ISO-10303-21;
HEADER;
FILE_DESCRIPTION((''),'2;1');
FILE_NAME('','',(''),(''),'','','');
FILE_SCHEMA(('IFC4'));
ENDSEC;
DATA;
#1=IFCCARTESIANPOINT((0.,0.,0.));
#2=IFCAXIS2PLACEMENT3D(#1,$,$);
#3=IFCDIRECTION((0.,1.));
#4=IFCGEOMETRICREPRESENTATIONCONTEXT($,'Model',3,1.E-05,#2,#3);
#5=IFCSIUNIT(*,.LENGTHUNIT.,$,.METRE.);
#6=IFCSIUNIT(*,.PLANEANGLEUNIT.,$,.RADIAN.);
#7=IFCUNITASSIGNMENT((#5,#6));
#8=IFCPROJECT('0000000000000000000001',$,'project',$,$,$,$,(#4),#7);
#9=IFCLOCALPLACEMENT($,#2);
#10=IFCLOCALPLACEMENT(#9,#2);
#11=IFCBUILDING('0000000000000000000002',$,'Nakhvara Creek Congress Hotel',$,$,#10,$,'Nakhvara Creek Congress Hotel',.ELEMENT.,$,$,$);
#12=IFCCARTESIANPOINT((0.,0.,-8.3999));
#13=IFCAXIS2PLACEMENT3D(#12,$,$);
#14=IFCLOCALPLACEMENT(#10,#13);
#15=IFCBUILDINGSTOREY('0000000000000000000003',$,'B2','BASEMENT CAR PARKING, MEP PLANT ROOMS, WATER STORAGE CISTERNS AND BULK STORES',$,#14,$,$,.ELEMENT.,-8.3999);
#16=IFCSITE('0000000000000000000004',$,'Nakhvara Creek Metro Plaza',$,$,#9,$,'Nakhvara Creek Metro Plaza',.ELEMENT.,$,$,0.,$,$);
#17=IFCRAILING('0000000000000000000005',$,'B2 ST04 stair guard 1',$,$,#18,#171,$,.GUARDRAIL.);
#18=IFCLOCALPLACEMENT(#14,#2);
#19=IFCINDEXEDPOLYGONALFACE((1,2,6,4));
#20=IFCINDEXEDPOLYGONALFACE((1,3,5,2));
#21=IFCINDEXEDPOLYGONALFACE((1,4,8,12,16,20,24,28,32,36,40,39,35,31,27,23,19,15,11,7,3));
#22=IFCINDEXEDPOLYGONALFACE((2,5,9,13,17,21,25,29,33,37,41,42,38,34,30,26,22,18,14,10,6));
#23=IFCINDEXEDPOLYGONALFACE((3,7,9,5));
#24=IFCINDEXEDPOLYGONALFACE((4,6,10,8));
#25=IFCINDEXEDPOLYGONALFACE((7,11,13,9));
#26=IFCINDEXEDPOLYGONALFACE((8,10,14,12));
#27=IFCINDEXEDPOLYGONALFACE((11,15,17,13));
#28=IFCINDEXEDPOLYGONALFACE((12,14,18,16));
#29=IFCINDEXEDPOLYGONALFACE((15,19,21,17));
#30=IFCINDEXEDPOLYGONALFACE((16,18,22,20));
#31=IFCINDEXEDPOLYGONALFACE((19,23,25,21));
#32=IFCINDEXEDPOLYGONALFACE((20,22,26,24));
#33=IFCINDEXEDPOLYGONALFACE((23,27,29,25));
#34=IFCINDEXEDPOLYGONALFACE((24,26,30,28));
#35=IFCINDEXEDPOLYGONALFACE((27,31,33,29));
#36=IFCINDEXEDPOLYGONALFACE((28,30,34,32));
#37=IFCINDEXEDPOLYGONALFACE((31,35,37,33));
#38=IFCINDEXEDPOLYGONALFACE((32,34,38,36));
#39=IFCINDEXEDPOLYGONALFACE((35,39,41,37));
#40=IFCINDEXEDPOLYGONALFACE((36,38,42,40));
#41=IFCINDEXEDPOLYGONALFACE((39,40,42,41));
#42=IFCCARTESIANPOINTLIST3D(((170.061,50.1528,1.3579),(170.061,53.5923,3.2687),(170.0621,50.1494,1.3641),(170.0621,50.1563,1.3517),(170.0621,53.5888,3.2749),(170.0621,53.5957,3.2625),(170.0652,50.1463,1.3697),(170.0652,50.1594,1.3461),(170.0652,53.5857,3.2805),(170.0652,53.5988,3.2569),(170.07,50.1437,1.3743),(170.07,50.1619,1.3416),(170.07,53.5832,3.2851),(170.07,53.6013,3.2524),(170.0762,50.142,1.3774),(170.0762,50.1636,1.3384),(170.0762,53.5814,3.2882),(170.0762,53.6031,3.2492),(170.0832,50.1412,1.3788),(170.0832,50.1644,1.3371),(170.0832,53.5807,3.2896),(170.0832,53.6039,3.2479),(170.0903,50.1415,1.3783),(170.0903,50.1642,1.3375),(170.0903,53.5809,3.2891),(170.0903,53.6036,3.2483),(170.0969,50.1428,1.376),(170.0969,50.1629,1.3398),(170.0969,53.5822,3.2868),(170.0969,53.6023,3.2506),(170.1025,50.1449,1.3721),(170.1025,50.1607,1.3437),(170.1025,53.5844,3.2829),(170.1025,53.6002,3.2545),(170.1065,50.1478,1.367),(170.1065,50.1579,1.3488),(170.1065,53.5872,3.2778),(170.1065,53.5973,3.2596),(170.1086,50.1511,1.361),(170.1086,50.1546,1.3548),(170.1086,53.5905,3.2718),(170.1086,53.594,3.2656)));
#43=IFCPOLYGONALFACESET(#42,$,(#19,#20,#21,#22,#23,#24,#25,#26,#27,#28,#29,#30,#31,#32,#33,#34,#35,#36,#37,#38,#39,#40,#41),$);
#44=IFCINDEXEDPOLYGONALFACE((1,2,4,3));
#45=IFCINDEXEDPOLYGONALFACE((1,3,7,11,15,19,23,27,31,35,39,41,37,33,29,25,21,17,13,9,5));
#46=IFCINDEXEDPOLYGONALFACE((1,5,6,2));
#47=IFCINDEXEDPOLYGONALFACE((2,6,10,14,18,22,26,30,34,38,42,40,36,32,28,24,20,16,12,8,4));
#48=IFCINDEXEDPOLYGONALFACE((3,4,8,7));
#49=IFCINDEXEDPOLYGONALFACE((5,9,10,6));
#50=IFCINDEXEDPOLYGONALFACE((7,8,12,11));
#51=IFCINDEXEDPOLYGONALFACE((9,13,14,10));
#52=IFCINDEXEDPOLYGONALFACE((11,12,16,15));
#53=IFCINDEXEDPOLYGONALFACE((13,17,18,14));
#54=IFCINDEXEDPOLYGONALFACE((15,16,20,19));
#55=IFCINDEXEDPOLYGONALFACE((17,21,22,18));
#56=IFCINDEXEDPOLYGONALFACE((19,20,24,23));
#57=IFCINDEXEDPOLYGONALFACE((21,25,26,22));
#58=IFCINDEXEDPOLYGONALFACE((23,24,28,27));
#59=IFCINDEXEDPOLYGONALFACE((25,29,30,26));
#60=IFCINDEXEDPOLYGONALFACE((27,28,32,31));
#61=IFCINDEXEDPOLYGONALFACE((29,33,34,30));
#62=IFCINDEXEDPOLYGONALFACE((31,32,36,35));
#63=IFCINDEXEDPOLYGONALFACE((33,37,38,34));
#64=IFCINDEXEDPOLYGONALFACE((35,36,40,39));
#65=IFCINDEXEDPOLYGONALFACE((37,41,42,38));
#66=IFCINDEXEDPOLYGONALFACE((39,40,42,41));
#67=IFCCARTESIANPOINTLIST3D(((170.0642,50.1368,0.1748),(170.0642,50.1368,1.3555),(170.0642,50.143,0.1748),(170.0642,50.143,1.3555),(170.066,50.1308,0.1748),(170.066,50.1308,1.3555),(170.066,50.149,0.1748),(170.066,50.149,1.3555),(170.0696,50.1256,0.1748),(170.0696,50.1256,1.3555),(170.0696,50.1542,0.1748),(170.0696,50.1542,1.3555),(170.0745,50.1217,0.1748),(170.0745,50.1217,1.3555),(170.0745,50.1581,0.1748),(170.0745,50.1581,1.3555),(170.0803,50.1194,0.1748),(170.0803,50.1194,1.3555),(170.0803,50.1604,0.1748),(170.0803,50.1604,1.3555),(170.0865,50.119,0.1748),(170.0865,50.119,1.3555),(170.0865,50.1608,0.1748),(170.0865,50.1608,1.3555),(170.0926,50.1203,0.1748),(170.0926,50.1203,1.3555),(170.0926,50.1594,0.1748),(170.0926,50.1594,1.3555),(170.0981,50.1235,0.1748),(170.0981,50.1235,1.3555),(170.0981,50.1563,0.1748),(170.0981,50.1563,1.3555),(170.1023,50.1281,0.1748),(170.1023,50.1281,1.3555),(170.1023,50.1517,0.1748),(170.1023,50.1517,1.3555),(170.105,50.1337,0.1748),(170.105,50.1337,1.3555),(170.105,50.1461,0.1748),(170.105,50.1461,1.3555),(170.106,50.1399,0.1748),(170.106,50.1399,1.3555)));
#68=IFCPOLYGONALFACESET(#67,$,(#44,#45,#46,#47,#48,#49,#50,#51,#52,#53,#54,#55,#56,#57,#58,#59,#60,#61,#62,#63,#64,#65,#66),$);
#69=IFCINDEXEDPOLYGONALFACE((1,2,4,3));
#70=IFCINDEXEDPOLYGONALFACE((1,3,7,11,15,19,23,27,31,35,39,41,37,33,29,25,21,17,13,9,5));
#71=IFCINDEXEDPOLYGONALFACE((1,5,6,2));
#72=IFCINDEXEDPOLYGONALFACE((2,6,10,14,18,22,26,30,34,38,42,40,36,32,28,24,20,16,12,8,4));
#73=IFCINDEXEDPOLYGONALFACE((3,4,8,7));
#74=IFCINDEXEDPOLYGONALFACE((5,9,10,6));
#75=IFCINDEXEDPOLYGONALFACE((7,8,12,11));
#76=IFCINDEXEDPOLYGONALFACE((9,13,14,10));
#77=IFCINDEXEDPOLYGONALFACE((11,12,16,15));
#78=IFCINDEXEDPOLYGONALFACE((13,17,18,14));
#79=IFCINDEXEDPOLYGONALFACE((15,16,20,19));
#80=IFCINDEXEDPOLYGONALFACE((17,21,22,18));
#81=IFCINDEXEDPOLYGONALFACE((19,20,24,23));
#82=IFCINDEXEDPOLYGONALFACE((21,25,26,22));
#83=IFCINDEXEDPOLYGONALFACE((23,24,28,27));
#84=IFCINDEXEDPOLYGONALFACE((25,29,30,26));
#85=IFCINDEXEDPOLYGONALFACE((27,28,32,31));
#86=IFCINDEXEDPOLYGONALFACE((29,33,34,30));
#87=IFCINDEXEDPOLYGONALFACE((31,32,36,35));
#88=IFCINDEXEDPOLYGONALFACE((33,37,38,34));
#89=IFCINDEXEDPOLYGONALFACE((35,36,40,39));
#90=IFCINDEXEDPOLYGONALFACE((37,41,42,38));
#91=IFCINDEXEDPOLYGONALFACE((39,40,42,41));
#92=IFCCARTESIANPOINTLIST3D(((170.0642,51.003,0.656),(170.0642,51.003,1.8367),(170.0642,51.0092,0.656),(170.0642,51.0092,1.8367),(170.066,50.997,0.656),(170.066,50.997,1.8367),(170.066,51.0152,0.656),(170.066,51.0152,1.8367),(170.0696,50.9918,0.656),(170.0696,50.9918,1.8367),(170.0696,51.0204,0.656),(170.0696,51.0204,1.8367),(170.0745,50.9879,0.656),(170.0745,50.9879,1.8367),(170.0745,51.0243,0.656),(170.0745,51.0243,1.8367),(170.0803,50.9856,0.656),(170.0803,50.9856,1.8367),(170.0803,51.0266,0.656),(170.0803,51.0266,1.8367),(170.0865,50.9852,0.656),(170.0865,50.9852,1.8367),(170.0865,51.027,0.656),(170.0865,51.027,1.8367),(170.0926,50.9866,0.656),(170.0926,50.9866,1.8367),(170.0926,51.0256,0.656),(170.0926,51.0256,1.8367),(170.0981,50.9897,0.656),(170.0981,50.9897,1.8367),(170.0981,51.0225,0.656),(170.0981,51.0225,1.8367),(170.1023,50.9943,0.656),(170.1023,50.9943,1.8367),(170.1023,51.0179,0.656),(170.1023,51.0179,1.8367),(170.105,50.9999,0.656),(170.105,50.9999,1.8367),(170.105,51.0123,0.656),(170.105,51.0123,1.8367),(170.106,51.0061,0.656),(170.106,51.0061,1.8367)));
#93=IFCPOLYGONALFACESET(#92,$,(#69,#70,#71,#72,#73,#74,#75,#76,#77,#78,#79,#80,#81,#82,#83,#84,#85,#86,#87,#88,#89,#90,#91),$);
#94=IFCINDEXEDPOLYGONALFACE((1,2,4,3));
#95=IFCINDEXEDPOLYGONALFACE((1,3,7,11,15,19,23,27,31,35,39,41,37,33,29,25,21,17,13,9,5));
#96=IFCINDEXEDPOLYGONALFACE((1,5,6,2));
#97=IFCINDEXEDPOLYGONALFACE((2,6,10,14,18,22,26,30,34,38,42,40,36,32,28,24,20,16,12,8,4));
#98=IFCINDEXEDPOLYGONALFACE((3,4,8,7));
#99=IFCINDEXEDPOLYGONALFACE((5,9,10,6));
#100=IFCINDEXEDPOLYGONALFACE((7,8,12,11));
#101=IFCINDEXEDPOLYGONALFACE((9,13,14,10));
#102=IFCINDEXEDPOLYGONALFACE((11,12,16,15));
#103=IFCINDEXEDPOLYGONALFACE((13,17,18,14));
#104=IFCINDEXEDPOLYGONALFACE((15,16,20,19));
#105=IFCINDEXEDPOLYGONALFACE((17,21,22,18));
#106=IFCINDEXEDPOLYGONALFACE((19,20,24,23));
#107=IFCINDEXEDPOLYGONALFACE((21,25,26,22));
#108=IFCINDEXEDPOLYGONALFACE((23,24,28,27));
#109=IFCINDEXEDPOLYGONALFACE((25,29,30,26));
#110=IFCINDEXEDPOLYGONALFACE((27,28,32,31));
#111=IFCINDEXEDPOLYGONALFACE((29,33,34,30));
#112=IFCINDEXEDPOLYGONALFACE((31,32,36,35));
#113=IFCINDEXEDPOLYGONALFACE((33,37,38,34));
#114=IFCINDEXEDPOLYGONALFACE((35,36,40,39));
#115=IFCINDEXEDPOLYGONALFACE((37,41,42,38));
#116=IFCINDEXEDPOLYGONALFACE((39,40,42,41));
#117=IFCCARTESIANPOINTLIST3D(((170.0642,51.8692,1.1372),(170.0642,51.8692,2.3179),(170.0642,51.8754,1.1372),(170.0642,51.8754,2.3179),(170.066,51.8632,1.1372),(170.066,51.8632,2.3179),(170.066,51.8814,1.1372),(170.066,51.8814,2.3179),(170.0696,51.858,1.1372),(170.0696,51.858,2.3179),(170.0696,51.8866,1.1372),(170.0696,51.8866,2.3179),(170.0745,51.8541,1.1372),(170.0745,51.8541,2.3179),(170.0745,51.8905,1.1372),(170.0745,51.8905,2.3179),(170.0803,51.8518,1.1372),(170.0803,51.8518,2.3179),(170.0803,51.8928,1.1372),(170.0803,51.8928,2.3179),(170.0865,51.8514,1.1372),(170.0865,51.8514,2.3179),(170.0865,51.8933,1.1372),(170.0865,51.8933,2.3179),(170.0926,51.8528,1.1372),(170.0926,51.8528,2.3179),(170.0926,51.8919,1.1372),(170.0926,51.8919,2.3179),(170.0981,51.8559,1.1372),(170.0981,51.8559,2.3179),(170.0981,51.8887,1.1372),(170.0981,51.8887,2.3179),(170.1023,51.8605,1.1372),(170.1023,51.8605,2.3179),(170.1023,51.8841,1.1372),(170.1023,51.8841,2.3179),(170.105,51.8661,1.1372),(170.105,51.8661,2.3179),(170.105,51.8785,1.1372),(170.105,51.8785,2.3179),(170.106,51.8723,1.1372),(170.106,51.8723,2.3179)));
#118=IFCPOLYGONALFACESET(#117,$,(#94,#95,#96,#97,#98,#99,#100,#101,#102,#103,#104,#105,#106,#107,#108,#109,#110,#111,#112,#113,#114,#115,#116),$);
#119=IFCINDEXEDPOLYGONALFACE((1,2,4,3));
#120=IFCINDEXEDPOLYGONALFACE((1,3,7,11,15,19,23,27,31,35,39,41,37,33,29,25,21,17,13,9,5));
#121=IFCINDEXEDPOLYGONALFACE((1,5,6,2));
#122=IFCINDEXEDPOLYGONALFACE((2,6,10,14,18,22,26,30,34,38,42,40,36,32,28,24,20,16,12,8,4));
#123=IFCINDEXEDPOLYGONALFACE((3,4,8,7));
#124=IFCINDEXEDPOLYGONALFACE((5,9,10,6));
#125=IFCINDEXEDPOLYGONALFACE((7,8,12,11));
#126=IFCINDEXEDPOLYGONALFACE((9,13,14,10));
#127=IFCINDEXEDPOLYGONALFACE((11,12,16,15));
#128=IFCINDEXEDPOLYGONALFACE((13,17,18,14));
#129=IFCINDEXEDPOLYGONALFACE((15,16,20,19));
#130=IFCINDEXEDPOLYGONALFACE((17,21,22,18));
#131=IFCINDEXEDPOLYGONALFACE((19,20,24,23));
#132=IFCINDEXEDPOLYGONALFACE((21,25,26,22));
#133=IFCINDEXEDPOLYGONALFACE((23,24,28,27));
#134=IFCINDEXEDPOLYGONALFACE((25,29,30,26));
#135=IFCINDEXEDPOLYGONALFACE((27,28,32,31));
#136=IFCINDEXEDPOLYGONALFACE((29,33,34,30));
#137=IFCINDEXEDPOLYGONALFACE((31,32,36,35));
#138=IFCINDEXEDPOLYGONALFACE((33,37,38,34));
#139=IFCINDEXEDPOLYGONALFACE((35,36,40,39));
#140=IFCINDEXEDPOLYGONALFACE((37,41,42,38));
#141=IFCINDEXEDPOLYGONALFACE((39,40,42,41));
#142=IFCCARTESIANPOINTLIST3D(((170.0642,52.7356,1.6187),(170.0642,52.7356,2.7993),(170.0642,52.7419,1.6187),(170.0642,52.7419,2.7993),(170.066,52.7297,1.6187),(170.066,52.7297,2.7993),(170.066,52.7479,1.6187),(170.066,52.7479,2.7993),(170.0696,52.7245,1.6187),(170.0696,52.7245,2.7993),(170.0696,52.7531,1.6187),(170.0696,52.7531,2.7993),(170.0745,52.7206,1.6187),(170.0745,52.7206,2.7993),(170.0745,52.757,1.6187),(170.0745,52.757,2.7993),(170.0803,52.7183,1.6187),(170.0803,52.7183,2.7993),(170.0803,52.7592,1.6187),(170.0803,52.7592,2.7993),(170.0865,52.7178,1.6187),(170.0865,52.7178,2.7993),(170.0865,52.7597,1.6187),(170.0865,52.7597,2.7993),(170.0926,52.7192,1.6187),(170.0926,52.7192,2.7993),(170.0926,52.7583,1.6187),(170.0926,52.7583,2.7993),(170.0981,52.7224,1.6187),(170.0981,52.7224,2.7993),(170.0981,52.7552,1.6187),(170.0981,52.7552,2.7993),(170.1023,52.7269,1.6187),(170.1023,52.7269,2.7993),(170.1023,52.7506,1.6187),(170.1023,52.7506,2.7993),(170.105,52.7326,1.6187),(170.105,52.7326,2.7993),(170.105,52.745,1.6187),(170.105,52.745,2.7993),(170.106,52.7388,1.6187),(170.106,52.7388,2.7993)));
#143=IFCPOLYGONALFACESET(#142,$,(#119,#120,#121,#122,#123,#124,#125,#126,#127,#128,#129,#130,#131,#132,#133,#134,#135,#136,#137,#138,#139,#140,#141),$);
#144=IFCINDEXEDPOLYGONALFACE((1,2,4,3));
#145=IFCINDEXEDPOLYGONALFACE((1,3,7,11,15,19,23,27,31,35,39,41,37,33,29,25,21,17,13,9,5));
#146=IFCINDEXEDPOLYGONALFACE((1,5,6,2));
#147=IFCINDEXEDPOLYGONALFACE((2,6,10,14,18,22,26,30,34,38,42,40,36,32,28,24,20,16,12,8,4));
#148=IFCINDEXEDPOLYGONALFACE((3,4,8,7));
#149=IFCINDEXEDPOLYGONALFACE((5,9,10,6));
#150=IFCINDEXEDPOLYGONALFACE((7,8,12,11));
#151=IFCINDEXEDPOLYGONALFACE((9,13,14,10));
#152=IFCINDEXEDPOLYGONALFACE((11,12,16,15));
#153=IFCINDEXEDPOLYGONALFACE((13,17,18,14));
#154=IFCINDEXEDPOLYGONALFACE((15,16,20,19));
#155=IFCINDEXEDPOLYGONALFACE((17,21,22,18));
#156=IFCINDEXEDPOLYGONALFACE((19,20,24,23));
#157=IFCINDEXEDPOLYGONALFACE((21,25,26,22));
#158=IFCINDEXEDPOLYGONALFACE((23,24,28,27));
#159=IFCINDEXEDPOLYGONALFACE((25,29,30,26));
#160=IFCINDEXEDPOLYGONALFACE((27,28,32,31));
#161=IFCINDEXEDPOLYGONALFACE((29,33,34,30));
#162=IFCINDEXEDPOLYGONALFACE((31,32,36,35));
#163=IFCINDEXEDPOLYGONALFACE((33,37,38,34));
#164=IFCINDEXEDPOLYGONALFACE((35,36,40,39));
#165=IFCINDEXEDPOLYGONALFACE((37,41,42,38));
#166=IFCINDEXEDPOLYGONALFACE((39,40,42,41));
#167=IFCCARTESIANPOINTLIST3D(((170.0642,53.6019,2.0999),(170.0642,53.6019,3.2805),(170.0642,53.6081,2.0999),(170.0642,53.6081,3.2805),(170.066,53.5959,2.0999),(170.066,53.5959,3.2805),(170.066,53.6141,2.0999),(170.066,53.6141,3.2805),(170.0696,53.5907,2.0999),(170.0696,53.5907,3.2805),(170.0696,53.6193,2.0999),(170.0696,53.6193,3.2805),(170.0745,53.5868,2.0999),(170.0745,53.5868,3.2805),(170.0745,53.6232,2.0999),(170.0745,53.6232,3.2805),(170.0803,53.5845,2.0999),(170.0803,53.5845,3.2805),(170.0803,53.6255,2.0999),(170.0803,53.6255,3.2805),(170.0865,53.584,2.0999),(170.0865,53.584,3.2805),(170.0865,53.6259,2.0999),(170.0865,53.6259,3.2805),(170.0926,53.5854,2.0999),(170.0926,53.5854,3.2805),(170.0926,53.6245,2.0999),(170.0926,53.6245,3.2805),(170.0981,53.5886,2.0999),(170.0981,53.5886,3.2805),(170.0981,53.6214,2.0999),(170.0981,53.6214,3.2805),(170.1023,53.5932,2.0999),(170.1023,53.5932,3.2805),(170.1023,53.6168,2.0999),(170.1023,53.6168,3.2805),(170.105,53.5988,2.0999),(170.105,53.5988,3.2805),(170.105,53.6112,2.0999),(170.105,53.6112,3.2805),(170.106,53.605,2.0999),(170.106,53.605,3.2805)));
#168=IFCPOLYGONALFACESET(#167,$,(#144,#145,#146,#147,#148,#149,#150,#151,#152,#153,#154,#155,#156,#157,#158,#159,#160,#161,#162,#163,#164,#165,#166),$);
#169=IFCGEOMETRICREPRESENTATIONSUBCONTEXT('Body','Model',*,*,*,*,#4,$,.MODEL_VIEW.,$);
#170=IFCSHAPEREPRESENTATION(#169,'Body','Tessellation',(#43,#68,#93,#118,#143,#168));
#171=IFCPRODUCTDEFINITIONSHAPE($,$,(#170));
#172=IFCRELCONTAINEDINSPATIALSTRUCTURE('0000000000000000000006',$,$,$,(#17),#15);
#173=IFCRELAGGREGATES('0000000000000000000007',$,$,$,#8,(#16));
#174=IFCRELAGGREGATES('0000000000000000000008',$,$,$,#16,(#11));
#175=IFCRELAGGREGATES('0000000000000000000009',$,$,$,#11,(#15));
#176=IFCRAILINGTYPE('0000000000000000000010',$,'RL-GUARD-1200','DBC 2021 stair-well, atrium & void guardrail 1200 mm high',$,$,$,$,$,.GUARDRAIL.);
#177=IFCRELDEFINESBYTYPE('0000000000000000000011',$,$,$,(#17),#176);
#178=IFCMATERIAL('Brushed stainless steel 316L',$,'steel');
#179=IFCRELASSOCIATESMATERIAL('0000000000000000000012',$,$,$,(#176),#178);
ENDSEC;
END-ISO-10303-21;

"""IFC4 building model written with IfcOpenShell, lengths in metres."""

from ifc_helpers import new_model, si_unit, direction, frame, origin, origin_2d, place, context, subcontext, project, spatial, circle, extrude, material, type_object, element, save


model = new_model("IFC4")

# Units and contexts
model_context = context("Model", 3, precision=1e-05, world=origin(), true_north=direction((0.0, 1.0)))
body_context = subcontext(model_context, "Body", "Model", "MODEL_VIEW")
ifc_project = project(units=[si_unit("LENGTHUNIT", "METRE"), si_unit("PLANEANGLEUNIT", "RADIAN")], contexts=[model_context])

# Site, building, storey
site_placement = place(None, origin())
site = spatial("IfcSite", under=ifc_project, at=site_placement, Name="Nakhvara Creek Metro Plaza", LongName="Nakhvara Creek Metro Plaza", CompositionType="ELEMENT", RefElevation=0.0)
building_placement = place(site_placement, origin())
building = spatial("IfcBuilding", under=site, at=building_placement, Name="Nakhvara Creek Congress Hotel", LongName="Nakhvara Creek Congress Hotel", CompositionType="ELEMENT")
storey_placement = place(building_placement, frame((0.0, 0.0, -8.3999)))
storey = spatial("IfcBuildingStorey", under=building, at=storey_placement, Name="B2", Description="BASEMENT CAR PARKING, MEP PLANT ROOMS, WATER STORAGE CISTERNS AND BULK STORES", CompositionType="ELEMENT", Elevation=-8.3999)

# Railing
ifc_material_1 = material(Name="Brushed stainless steel 316L", Category="steel")
railing_type_1 = type_object("IfcRailingType", Name="RL-GUARD-1200", Description="DBC 2021 stair-well, atrium & void guardrail 1200 mm high", PredefinedType="GUARDRAIL", material=ifc_material_1)
railing_1_placement = place(storey_placement, frame((170.085, 50.1399, 0.1748)))
element("IfcRailing", 1, at=railing_1_placement, inside=storey, type_object=railing_type_1, Name="B2 ST04 stair guard 1", PredefinedType="GUARDRAIL", context=body_context, shape_type="SweptSolid", body=[
    extrude(circle(Radius=0.0239, at=origin_2d()), frame((0.0, 0.0129, 1.1831), z_axis=(0.0, 0.874157, 0.485643), x_axis=(-1.0, 0.0, 0.0)), (0.0, 0.0, 1.0), 3.9346),
    extrude(circle(Radius=0.021, at=origin_2d()), origin(), (0.0, 0.0, 1.0), 1.1807),
    extrude(circle(Radius=0.021, at=origin_2d()), frame((0.0, 0.8662, 0.4812)), (0.0, 0.0, 1.0), 1.1807),
    extrude(circle(Radius=0.021, at=origin_2d()), frame((0.0, 1.7324, 0.9624)), (0.0, 0.0, 1.0), 1.1807),
    extrude(circle(Radius=0.021, at=origin_2d()), frame((0.0, 2.5989, 1.4438)), (0.0, 0.0, 1.0), 1.1807),
    extrude(circle(Radius=0.021, at=origin_2d()), frame((0.0, 3.4651, 1.925)), (0.0, 0.0, 1.0), 1.1807),
])

save(model, "model.ifc")
